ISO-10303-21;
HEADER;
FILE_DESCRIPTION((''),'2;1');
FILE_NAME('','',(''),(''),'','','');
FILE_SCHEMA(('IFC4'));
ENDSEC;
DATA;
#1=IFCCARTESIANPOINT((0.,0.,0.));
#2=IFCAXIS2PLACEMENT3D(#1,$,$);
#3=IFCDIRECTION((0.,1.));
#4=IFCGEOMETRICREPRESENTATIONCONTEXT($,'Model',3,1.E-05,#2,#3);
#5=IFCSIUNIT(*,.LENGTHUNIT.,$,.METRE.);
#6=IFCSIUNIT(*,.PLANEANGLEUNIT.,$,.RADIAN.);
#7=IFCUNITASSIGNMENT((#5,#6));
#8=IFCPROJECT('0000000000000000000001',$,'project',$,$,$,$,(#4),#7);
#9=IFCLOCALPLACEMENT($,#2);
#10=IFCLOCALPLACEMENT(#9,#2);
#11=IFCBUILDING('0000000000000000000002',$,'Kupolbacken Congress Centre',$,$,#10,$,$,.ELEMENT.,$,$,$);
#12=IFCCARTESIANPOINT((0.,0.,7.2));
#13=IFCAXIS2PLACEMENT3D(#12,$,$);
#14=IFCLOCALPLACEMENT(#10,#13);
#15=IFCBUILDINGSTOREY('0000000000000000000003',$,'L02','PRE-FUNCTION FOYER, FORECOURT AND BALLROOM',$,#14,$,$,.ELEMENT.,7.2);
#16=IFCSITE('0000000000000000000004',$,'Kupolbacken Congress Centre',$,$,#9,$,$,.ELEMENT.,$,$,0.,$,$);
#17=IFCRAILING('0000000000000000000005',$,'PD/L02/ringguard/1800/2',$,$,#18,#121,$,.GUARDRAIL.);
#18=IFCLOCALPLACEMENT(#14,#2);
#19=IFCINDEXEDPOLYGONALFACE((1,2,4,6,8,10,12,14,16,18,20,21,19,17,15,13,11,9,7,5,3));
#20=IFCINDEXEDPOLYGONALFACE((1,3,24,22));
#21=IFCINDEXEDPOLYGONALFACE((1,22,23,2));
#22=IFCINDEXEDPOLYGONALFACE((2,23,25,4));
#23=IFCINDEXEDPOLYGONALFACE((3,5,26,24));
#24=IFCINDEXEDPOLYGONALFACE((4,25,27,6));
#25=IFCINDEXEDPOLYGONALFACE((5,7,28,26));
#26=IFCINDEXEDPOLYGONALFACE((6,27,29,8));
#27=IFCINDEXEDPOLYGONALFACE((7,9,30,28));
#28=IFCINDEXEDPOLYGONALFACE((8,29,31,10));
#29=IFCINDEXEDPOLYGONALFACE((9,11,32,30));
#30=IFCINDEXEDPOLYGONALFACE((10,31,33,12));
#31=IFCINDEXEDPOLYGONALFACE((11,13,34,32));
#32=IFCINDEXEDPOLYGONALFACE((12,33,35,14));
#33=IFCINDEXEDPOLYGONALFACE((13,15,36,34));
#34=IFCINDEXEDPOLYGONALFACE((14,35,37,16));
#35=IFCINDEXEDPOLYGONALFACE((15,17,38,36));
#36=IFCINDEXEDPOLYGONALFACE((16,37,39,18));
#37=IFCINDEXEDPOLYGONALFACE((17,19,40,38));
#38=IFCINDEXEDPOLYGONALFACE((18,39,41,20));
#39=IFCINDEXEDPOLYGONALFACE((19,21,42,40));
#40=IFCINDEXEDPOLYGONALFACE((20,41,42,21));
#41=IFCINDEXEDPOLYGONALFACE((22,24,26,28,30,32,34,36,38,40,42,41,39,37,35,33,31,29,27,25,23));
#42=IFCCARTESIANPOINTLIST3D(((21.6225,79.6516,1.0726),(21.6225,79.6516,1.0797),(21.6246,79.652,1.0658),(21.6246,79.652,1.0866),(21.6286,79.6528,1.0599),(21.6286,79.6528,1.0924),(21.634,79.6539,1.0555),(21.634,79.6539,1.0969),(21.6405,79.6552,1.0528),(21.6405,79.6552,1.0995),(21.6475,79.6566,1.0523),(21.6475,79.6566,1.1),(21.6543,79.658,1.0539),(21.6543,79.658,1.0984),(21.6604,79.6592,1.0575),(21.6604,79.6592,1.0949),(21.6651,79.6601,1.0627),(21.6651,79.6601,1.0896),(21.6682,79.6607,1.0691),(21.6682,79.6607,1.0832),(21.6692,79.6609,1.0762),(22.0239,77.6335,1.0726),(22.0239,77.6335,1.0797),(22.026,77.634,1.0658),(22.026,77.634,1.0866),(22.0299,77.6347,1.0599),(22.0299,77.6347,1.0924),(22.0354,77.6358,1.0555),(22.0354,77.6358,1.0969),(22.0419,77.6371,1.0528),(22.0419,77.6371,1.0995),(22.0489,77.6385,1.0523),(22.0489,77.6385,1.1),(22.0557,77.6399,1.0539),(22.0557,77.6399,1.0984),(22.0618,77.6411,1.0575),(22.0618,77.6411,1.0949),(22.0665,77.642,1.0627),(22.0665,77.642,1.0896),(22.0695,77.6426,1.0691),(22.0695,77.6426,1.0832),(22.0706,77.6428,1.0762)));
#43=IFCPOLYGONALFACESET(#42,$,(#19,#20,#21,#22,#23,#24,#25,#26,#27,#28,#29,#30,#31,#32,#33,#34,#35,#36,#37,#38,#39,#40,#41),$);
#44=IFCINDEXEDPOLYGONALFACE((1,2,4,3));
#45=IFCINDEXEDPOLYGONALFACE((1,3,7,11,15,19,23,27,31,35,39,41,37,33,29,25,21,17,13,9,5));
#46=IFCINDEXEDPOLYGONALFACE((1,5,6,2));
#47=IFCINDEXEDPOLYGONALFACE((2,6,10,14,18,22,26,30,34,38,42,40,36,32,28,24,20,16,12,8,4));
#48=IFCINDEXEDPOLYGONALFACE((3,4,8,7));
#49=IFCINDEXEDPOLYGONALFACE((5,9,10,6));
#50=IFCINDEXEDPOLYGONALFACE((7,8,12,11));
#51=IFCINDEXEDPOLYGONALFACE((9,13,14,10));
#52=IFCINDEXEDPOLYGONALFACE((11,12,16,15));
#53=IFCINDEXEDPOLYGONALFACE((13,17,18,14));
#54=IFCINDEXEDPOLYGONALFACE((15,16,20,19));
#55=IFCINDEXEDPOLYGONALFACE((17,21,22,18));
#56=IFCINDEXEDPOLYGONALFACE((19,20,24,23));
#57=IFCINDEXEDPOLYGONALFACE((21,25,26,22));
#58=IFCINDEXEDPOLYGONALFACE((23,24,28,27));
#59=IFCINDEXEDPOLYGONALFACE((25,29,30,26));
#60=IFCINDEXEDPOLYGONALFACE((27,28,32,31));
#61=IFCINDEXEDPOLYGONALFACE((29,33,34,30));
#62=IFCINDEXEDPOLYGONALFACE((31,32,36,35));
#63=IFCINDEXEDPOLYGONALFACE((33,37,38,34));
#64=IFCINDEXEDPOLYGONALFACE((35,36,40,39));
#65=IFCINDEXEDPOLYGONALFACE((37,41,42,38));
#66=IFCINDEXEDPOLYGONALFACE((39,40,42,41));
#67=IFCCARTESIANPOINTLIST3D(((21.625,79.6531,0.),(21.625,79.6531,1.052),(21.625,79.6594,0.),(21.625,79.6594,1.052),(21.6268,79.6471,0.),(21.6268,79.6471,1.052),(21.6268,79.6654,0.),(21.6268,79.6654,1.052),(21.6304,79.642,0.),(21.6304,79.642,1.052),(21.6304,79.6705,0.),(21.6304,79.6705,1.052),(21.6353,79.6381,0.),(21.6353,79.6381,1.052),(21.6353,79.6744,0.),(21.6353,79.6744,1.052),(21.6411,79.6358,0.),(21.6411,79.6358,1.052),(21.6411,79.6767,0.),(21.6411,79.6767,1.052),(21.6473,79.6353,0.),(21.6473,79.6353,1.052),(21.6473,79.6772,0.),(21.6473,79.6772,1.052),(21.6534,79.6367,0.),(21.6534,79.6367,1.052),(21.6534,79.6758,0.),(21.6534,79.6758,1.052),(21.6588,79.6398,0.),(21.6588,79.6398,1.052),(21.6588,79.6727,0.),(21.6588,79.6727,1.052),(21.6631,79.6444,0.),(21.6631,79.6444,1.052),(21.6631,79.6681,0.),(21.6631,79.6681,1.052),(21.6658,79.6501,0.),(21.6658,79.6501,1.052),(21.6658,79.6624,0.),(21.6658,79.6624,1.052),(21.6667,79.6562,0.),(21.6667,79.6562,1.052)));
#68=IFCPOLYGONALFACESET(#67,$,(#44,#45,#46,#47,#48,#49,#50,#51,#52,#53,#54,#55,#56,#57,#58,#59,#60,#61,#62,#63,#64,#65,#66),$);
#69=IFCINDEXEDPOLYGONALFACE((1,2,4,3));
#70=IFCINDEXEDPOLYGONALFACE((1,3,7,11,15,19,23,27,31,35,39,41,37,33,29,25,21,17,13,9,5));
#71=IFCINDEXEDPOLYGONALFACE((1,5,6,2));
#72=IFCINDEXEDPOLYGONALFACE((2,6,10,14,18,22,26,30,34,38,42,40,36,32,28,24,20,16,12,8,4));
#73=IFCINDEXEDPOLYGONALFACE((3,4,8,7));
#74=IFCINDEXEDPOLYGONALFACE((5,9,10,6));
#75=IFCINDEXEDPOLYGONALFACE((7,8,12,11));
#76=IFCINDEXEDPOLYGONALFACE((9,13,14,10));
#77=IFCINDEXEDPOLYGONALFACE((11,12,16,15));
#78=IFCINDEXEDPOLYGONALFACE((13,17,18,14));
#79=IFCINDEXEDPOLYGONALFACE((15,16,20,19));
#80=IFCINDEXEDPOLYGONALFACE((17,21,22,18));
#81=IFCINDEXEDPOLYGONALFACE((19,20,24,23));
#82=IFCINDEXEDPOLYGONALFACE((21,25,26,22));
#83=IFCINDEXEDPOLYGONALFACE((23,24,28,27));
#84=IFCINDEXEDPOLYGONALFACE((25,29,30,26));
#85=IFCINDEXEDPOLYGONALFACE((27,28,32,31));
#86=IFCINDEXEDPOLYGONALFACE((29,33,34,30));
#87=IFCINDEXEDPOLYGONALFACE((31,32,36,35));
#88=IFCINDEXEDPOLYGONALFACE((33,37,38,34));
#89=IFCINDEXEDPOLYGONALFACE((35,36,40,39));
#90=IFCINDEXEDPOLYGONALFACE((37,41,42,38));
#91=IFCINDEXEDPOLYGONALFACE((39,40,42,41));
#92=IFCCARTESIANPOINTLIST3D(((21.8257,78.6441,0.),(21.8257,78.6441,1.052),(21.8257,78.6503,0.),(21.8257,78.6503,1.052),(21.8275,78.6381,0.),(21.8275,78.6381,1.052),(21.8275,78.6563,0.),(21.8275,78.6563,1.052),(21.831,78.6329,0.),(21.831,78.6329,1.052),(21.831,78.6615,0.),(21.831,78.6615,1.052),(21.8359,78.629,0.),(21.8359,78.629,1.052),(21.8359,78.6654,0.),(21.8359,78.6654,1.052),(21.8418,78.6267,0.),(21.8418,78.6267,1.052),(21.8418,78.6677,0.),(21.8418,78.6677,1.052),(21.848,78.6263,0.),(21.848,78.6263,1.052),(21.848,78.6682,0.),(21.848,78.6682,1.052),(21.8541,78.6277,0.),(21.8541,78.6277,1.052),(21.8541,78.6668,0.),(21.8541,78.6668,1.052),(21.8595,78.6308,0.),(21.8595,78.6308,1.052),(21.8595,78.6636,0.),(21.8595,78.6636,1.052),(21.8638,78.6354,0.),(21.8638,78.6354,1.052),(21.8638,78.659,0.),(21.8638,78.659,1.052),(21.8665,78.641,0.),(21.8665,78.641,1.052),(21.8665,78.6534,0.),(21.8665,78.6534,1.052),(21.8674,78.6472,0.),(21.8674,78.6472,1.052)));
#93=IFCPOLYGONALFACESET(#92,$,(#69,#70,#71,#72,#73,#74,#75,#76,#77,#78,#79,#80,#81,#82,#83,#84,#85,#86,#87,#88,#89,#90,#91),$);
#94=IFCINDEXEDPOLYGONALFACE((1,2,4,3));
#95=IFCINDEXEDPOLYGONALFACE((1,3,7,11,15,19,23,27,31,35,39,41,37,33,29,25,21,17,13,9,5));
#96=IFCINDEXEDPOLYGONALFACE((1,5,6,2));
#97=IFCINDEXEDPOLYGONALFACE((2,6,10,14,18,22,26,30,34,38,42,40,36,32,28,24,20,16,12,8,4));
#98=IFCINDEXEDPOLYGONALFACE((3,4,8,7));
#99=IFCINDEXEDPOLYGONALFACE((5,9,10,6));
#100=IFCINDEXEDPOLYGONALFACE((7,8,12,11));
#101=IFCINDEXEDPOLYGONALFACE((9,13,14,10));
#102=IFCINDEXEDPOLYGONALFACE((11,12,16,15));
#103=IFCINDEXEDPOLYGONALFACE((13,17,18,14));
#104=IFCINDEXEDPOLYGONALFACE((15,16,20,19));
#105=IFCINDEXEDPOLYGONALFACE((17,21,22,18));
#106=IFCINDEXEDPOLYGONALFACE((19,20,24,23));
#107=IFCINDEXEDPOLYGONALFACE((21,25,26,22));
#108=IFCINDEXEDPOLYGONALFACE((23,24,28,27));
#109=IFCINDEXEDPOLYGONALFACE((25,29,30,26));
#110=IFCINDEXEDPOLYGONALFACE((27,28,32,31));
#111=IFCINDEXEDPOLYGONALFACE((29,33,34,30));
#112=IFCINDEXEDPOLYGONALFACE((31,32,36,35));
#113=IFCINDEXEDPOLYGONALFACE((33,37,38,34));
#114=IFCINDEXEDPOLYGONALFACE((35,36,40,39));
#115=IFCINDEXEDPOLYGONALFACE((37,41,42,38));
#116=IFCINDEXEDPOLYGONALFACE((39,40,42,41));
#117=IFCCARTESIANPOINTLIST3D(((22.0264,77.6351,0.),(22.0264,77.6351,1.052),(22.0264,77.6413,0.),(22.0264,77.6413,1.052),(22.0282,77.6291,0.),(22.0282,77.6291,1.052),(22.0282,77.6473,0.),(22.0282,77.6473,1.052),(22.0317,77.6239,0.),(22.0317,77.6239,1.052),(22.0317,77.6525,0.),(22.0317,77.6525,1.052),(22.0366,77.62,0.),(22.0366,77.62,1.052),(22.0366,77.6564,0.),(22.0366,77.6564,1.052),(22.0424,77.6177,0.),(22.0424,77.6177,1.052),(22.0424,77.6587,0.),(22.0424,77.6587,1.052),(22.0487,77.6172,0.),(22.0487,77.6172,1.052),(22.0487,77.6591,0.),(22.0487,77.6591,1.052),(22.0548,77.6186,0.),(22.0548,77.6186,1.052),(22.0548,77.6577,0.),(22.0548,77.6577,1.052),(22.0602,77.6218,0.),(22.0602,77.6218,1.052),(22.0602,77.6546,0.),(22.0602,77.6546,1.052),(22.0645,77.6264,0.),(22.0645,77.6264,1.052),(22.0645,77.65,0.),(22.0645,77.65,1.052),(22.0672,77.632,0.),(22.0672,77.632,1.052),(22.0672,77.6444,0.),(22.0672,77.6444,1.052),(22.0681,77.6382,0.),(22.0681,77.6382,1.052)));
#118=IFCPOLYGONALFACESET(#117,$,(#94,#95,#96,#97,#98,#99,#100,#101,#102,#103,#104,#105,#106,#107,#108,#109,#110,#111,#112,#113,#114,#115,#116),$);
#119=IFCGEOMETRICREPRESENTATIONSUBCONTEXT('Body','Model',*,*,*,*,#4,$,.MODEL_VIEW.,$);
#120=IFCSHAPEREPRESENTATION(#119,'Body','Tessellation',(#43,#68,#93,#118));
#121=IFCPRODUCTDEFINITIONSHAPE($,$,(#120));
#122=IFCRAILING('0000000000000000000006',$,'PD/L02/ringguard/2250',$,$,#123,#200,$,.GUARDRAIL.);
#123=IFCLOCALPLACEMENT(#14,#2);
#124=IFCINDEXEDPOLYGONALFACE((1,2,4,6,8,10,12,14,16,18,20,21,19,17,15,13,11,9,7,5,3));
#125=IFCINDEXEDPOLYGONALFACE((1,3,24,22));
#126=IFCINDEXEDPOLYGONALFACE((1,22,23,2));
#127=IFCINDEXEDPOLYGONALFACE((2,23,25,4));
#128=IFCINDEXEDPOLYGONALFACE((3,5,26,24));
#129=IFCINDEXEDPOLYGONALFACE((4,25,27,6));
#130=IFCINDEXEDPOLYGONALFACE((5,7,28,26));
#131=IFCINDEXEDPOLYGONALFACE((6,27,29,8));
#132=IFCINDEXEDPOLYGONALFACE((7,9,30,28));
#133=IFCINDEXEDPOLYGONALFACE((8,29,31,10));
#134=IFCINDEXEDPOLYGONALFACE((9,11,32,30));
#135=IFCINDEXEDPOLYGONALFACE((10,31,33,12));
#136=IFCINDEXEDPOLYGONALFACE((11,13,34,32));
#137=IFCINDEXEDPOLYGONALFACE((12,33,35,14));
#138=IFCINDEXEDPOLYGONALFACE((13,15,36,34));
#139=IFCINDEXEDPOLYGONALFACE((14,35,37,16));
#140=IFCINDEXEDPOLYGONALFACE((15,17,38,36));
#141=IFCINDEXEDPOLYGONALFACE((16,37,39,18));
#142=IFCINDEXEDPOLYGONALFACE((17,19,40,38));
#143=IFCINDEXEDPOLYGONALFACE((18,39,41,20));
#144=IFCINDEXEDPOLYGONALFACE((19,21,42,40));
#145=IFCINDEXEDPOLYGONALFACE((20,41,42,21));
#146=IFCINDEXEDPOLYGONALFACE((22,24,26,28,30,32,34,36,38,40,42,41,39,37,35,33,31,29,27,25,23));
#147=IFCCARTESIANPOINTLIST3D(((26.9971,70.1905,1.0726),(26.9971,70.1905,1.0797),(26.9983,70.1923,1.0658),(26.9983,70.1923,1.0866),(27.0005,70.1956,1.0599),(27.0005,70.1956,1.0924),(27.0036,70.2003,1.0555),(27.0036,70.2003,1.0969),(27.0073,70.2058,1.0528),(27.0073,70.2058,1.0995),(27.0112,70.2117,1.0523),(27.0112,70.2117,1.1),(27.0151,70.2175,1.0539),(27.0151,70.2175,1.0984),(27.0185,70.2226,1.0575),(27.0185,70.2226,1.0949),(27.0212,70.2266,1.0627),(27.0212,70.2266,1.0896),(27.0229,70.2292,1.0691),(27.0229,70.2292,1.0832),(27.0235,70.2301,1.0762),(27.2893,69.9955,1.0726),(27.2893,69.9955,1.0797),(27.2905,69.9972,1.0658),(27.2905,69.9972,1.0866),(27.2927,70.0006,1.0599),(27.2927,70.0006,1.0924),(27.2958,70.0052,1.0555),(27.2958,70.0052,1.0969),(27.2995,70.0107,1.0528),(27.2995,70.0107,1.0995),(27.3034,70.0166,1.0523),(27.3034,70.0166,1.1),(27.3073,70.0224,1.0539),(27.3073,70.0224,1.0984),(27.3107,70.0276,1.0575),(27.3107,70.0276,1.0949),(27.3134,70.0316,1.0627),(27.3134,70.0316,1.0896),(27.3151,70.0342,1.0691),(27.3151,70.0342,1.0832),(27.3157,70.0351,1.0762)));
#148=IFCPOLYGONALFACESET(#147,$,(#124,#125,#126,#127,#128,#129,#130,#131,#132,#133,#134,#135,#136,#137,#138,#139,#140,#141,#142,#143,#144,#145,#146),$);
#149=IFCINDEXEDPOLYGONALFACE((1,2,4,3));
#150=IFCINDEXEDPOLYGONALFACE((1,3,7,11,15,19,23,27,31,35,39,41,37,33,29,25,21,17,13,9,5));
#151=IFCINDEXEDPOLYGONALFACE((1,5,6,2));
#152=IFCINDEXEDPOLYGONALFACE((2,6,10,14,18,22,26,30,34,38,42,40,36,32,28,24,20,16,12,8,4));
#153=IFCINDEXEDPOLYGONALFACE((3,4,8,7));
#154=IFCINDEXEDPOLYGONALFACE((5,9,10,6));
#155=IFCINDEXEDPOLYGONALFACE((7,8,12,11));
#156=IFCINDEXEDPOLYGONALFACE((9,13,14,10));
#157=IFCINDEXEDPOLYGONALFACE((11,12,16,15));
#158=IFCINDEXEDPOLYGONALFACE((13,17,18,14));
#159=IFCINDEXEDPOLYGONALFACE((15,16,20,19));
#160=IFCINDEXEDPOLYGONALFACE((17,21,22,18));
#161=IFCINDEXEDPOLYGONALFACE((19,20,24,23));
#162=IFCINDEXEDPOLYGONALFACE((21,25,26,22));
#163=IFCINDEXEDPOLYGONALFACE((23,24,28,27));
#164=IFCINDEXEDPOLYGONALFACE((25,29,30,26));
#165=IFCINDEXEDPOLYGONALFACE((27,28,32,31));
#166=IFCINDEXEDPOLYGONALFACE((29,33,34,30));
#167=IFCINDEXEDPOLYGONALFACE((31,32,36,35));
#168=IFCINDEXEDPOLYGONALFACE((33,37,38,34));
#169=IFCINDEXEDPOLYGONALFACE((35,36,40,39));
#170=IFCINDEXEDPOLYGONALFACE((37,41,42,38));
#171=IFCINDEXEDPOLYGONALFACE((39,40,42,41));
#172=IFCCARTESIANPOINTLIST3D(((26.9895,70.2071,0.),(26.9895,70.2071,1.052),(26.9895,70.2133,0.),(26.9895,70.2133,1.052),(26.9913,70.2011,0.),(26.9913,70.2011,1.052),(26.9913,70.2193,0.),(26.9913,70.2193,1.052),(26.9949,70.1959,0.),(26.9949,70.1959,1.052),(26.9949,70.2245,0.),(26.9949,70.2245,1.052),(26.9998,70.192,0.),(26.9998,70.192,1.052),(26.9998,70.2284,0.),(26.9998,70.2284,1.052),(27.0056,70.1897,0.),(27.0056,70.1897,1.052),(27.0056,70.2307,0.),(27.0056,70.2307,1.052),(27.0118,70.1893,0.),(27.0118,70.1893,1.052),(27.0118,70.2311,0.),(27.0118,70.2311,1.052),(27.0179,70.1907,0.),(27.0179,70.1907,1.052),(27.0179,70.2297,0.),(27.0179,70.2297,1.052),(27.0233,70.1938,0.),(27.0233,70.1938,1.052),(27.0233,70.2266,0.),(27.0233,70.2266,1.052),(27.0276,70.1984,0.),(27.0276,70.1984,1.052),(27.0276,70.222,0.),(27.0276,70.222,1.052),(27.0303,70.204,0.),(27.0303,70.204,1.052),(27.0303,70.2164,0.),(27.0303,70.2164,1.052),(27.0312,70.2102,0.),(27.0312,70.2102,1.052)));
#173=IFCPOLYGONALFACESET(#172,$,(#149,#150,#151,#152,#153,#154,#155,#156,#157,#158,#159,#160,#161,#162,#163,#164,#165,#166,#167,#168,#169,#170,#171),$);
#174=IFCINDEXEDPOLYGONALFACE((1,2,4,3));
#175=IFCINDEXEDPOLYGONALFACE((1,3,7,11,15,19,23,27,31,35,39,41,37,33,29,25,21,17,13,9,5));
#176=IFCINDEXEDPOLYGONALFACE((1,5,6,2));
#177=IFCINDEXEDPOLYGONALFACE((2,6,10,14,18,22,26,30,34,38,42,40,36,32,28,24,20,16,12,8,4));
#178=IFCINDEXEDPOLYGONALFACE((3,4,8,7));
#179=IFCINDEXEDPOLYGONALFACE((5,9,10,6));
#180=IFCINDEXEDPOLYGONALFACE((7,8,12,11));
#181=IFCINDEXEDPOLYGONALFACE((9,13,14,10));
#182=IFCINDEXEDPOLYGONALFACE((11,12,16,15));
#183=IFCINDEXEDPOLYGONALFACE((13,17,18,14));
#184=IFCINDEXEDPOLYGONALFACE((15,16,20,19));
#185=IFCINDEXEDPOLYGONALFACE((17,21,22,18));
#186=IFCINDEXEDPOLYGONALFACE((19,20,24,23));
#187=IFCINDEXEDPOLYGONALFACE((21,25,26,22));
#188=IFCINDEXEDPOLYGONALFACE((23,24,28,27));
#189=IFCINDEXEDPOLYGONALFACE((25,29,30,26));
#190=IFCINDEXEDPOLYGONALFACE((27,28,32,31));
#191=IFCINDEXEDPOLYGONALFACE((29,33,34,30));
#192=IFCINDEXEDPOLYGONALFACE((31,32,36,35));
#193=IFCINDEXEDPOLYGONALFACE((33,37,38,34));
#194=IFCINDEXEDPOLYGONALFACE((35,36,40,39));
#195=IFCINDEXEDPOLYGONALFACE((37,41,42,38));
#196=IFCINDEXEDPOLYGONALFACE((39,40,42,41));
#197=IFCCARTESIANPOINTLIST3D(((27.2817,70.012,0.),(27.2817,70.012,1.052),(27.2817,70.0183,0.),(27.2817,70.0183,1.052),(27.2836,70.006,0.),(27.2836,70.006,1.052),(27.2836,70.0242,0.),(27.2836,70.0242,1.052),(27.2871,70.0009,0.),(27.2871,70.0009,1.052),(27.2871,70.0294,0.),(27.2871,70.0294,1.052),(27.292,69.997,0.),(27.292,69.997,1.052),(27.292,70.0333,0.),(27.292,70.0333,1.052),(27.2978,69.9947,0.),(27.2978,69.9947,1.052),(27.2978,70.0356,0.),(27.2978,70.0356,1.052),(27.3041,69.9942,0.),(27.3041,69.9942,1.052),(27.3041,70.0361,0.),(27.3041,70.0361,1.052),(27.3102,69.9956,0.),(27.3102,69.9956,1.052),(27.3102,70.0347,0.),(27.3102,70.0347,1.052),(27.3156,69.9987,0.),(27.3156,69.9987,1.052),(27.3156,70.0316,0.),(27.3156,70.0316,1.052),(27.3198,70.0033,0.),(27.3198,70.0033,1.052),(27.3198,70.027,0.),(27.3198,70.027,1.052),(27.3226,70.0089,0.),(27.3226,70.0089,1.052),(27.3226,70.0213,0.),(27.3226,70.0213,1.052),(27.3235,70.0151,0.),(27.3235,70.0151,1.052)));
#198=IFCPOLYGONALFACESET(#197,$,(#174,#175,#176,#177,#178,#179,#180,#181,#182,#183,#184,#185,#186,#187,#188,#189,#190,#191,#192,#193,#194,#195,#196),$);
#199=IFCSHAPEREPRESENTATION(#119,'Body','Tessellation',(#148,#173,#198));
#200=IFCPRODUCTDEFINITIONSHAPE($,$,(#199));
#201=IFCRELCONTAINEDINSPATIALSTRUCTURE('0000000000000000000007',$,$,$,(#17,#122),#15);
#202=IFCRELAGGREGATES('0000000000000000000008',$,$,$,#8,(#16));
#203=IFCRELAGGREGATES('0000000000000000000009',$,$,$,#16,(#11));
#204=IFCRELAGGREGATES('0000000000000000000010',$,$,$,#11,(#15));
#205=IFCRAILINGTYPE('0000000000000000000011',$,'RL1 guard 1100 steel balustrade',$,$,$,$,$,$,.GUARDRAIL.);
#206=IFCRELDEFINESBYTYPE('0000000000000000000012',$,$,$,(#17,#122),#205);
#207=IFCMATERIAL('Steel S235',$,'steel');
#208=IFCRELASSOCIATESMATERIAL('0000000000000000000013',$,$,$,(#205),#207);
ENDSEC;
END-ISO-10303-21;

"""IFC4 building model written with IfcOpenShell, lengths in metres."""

from ifc_helpers import new_model, si_unit, direction, frame, origin, origin_2d, place, context, subcontext, project, spatial, circle, extrude, material, type_object, element, save


model = new_model("IFC4")

# Units and contexts
model_context = context("Model", 3, precision=1e-05, world=origin(), true_north=direction((0.0, 1.0)))
body_context = subcontext(model_context, "Body", "Model", "MODEL_VIEW")
ifc_project = project(units=[si_unit("LENGTHUNIT", "METRE"), si_unit("PLANEANGLEUNIT", "RADIAN")], contexts=[model_context])

# Site, building, storey
site_placement = place(None, origin())
site = spatial("IfcSite", under=ifc_project, at=site_placement, Name="Kupolbacken Congress Centre", CompositionType="ELEMENT", RefElevation=0.0)
building_placement = place(site_placement, origin())
building = spatial("IfcBuilding", under=site, at=building_placement, Name="Kupolbacken Congress Centre", CompositionType="ELEMENT")
storey_placement = place(building_placement, frame((0.0, 0.0, 7.2)))
storey = spatial("IfcBuildingStorey", under=building, at=storey_placement, Name="L02", Description="PRE-FUNCTION FOYER, FORECOURT AND BALLROOM", CompositionType="ELEMENT", Elevation=7.2)

# Railings
ifc_material_1 = material(Name="Steel S235", Category="steel")
railing_type = type_object("IfcRailingType", Name="RL1 guard 1100 steel balustrade", PredefinedType="GUARDRAIL", material=ifc_material_1)
railing_1_placement = place(storey_placement, frame((21.6458, 79.6562, 0.0)))
element("IfcRailing", 1, at=railing_1_placement, inside=storey, type_object=railing_type, Name="PD/L02/ringguard/1800/2", PredefinedType="GUARDRAIL", context=body_context, shape_type="SweptSolid", body=[
    extrude(circle(Radius=0.0239, at=origin_2d()), frame((0.0, 0.0, 1.0762), z_axis=(0.195066, -0.98079, 0.0), x_axis=(0.98079, 0.195066, 0.0)), (0.0, 0.0, 1.0), 2.0576),
    extrude(circle(Radius=0.021, at=origin_2d()), origin(), (0.0, 0.0, 1.0), 1.052),
    extrude(circle(Radius=0.021, at=origin_2d()), frame((0.2007, -1.009, 0.0)), (0.0, 0.0, 1.0), 1.052),
    extrude(circle(Radius=0.021, at=origin_2d()), frame((0.4014, -2.0181, 0.0)), (0.0, 0.0, 1.0), 1.052),
])
railing_2_placement = place(storey_placement, frame((27.0103, 70.2102, 0.0)))
element("IfcRailing", 2, at=railing_2_placement, inside=storey, type_object=railing_type, Name="PD/L02/ringguard/2250", PredefinedType="GUARDRAIL", context=body_context, shape_type="SweptSolid", body=[
    extrude(circle(Radius=0.0239, at=origin_2d()), frame((0.0, 0.0, 1.0762), z_axis=(0.831729, -0.555181, 0.0), x_axis=(0.555181, 0.831729, 0.0)), (0.0, 0.0, 1.0), 0.3513),
    extrude(circle(Radius=0.021, at=origin_2d()), origin(), (0.0, 0.0, 1.0), 1.052),
    extrude(circle(Radius=0.021, at=origin_2d()), frame((0.2922, -0.1951, 0.0)), (0.0, 0.0, 1.0), 1.052),
])

save(model, "model.ifc")
